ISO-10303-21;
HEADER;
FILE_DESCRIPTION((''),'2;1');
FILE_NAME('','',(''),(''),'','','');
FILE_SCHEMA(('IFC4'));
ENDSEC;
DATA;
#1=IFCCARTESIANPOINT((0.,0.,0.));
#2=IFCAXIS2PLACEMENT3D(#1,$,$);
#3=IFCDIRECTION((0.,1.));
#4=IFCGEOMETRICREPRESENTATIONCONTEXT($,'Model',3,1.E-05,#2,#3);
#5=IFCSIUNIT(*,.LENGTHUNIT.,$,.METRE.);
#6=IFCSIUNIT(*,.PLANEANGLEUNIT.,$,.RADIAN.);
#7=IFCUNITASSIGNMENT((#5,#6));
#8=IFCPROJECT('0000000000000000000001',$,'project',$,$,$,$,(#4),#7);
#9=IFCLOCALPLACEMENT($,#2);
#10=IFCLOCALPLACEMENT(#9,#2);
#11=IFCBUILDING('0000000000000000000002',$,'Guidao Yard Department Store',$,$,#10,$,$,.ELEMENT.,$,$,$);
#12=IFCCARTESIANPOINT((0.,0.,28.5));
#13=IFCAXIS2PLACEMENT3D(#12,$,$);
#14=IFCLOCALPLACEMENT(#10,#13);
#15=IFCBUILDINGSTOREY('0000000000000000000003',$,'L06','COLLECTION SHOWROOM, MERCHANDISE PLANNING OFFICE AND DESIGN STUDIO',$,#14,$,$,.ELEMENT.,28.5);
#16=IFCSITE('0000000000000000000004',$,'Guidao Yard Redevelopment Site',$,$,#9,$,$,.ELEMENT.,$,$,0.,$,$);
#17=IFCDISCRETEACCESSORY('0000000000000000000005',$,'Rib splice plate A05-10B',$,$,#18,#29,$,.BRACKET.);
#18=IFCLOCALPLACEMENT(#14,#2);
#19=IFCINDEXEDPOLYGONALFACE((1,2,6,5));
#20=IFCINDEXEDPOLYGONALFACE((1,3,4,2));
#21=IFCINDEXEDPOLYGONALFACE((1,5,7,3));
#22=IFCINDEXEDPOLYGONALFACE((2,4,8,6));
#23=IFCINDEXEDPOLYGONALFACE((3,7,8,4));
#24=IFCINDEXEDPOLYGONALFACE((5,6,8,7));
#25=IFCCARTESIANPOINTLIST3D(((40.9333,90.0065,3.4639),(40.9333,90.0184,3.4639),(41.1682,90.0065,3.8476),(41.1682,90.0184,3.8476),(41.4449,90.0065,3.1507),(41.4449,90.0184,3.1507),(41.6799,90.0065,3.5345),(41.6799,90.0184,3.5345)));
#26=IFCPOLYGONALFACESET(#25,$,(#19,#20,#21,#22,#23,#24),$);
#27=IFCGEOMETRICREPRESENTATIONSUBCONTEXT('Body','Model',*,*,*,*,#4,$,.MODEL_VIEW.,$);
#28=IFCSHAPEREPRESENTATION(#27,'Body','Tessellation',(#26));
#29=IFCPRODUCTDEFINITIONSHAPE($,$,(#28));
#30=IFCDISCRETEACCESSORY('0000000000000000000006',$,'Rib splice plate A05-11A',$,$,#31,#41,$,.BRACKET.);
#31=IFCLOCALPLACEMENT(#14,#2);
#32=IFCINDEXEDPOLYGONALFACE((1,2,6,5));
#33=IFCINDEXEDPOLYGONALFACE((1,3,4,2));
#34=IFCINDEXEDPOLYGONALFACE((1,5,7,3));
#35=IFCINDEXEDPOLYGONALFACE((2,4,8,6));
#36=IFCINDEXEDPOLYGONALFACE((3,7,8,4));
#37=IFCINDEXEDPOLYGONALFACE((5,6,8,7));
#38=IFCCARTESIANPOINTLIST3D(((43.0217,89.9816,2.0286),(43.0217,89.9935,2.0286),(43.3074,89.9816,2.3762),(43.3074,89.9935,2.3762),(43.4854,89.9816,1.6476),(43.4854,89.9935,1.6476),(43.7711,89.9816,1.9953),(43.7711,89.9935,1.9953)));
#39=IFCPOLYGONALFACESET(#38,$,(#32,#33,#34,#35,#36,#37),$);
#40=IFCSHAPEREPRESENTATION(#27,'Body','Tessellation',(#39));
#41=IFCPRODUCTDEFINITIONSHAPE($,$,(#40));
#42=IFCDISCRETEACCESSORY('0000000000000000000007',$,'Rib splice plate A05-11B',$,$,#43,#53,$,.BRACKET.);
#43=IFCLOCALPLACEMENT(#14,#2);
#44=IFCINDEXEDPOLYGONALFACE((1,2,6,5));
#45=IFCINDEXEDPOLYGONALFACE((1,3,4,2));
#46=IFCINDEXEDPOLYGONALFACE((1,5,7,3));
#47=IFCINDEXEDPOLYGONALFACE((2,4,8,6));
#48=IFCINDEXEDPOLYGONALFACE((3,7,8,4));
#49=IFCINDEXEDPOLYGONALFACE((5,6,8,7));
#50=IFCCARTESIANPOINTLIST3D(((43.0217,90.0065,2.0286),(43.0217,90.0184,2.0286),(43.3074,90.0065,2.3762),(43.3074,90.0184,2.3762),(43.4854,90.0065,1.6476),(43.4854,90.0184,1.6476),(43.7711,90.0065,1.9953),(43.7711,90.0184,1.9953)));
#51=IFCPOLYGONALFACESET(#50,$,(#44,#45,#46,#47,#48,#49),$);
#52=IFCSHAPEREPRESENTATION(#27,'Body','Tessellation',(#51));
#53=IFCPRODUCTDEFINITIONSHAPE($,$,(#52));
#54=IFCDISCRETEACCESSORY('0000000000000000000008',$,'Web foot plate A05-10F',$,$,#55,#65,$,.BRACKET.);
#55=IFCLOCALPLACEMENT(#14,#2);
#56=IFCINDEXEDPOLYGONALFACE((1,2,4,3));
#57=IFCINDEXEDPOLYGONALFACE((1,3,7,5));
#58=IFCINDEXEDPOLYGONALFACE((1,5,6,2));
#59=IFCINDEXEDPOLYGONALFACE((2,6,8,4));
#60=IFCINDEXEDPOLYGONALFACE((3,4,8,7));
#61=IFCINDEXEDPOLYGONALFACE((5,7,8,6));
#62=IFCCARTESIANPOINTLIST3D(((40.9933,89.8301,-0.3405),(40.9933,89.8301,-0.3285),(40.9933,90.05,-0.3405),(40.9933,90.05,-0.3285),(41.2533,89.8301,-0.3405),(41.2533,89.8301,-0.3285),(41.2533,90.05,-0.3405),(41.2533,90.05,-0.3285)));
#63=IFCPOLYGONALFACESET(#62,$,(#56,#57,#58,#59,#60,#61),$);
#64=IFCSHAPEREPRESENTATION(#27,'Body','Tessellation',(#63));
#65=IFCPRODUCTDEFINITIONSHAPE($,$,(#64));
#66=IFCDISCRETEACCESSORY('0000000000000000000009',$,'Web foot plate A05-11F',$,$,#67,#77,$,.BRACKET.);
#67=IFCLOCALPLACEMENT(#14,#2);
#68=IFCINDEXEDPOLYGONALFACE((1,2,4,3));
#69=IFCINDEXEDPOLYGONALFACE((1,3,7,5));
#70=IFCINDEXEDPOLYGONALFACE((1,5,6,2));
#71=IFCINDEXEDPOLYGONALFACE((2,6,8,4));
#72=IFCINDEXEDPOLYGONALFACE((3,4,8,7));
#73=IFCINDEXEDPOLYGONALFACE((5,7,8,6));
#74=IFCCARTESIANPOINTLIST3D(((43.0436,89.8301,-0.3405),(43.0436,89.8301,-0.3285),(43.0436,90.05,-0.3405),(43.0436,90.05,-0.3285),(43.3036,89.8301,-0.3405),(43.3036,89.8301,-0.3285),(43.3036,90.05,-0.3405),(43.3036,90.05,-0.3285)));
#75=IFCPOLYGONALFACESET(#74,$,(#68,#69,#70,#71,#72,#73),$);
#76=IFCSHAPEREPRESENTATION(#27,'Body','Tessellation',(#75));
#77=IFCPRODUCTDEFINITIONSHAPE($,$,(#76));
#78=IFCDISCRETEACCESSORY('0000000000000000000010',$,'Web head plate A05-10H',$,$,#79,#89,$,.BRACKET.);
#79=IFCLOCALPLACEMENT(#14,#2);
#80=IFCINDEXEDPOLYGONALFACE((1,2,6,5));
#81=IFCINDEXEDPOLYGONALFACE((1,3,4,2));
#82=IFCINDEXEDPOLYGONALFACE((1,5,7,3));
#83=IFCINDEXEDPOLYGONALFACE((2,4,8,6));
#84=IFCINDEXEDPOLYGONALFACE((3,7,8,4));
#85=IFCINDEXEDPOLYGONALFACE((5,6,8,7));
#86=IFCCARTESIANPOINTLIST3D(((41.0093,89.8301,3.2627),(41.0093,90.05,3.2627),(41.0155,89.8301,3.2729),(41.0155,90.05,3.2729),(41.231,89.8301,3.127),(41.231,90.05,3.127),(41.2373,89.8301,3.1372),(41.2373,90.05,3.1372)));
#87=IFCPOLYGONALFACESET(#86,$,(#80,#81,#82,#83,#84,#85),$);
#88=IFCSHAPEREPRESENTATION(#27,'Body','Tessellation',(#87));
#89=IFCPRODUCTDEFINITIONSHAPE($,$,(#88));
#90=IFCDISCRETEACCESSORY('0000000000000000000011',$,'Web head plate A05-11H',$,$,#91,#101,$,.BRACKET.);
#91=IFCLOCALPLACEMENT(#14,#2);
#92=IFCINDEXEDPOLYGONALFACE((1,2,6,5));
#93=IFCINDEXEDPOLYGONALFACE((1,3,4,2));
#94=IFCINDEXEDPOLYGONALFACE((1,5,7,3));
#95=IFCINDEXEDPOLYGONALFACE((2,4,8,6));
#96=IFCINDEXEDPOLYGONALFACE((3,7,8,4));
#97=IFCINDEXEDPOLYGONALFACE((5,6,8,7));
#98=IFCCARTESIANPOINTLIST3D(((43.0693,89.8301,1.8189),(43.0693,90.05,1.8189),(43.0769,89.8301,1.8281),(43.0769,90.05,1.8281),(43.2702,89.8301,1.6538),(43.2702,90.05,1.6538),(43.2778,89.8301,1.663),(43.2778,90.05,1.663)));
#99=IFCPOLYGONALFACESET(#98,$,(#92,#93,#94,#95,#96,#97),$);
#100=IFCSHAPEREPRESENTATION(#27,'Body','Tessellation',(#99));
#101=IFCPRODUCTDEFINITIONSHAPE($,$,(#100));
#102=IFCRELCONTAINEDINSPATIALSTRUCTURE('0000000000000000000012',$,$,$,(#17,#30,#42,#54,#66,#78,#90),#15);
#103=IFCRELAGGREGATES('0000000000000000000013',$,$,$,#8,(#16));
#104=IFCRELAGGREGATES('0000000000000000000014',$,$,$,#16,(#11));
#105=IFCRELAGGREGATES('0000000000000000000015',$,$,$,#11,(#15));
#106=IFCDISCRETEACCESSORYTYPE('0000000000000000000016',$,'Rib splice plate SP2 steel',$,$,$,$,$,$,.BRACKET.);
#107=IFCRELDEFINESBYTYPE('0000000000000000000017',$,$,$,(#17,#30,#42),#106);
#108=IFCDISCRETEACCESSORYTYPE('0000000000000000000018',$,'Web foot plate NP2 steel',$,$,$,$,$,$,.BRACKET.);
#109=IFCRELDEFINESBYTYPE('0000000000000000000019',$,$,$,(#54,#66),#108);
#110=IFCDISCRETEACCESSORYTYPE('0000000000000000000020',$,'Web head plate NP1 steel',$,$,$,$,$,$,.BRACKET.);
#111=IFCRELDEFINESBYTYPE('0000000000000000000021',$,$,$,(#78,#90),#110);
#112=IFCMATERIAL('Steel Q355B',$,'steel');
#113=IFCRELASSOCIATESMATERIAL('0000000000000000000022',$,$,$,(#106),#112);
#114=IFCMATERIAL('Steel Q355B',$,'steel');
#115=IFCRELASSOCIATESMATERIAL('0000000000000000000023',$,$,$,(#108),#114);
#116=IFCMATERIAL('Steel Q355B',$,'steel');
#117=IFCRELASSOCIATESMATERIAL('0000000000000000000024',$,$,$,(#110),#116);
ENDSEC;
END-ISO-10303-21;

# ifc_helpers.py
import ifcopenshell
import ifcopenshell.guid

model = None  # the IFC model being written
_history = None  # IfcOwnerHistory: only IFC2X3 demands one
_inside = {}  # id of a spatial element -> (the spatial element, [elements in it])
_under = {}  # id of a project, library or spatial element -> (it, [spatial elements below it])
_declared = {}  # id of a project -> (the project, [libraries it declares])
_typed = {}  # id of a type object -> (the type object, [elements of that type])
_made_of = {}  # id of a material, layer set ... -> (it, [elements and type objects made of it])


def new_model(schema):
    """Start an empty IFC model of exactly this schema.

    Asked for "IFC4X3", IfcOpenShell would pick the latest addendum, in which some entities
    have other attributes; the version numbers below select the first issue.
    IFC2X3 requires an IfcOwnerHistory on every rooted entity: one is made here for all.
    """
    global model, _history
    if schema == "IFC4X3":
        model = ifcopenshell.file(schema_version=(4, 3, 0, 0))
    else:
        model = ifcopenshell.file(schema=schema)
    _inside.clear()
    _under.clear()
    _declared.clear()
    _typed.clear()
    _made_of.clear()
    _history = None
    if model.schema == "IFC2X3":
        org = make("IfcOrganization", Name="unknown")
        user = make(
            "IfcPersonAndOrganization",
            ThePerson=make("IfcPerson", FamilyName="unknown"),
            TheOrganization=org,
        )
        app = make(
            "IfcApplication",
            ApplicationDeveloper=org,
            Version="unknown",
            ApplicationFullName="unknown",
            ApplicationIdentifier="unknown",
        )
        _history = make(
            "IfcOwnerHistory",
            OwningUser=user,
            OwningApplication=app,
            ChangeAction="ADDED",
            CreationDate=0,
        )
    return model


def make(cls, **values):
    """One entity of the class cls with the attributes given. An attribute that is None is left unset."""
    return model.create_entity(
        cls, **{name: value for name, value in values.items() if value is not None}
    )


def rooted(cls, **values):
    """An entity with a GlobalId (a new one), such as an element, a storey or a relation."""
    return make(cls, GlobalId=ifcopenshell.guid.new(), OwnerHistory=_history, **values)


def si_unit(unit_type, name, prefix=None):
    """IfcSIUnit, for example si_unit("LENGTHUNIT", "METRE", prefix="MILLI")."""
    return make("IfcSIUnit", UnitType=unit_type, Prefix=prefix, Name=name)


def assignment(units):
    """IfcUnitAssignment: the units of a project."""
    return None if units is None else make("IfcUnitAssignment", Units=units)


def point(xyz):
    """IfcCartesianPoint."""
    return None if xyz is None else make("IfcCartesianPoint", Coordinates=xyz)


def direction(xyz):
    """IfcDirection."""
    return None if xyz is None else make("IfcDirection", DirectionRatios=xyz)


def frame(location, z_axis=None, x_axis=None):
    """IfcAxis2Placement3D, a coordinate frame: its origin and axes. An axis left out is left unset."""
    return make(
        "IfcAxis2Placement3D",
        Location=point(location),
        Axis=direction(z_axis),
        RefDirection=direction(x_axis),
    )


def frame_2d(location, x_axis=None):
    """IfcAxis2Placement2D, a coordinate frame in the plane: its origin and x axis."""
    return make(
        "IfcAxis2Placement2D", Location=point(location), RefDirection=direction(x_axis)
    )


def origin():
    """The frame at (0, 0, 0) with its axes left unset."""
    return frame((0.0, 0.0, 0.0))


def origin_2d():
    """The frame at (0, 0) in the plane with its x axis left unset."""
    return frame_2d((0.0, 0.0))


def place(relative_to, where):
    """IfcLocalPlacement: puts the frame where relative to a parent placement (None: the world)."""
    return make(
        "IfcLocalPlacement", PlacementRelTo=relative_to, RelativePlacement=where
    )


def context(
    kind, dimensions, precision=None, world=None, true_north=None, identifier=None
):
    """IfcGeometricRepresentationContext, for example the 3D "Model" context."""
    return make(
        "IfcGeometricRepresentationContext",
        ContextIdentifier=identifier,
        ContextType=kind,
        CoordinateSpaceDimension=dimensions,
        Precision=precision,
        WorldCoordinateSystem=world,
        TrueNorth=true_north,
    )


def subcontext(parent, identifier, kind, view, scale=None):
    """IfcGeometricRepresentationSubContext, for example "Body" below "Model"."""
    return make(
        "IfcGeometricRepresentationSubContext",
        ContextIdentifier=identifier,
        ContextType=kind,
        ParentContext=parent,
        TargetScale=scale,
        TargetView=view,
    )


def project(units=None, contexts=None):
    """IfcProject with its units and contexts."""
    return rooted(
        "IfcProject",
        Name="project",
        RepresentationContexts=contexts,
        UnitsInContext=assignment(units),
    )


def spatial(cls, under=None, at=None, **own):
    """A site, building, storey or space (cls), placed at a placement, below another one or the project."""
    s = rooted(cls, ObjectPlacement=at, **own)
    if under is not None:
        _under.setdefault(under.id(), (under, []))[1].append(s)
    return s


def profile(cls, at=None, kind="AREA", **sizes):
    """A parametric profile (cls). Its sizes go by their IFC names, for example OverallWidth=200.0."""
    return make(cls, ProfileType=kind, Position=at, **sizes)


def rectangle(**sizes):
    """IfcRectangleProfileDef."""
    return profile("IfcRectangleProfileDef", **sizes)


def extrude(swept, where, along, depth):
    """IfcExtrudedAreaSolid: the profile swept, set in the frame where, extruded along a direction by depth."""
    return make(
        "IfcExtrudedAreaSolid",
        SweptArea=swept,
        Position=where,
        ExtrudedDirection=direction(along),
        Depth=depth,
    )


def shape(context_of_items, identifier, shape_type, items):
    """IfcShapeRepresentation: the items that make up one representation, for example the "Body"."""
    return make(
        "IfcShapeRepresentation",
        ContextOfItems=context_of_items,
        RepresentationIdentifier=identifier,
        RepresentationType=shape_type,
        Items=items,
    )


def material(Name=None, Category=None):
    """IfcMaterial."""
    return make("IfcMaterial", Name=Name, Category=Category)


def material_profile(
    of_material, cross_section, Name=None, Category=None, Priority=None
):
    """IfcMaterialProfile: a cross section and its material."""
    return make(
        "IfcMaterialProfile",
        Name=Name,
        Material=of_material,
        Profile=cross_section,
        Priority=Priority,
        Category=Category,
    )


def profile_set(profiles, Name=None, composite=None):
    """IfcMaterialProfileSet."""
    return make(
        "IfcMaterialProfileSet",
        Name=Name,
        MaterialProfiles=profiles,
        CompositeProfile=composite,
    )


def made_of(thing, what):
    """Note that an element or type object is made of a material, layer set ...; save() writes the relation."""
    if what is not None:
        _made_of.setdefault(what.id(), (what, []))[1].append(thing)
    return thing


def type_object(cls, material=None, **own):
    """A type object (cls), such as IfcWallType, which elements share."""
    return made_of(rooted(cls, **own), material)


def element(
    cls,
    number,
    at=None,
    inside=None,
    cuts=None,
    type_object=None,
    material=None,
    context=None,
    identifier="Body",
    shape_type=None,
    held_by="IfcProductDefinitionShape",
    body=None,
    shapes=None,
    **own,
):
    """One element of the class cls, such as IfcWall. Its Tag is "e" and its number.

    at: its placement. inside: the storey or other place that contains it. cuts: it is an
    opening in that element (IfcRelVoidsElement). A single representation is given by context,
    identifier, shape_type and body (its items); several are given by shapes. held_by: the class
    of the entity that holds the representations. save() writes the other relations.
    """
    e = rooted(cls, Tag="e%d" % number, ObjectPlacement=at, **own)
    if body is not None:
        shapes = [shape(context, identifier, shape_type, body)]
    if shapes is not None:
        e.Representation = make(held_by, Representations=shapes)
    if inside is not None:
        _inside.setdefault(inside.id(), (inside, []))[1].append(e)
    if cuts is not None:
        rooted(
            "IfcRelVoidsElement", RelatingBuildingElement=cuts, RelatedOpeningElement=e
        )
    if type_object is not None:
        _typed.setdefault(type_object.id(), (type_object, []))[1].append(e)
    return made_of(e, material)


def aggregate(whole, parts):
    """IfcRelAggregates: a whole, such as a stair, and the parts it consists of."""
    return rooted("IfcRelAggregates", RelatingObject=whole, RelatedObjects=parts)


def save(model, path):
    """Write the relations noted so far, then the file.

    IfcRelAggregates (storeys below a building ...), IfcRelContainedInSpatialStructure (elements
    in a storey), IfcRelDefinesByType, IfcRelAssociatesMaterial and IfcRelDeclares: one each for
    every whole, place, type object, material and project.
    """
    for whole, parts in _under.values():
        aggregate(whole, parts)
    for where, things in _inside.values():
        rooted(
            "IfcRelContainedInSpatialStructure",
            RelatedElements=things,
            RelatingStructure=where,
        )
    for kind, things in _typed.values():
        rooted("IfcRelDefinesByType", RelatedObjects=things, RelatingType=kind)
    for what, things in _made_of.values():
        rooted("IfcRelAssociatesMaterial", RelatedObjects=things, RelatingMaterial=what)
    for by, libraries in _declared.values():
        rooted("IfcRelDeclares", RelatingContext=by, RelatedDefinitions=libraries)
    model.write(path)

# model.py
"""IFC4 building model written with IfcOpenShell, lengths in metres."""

from ifc_helpers import new_model, si_unit, direction, frame, origin, origin_2d, place, context, subcontext, project, spatial, rectangle, extrude, material, material_profile, profile_set, type_object, element, save


model = new_model("IFC4")

# Units and contexts
model_context = context("Model", 3, precision=1e-05, world=origin(), true_north=direction((0.0, 1.0)))
body_context = subcontext(model_context, "Body", "Model", "MODEL_VIEW")
ifc_project = project(units=[si_unit("LENGTHUNIT", "METRE"), si_unit("PLANEANGLEUNIT", "RADIAN")], contexts=[model_context])

# Site, building, storey
site_placement = place(None, origin())
site = spatial("IfcSite", under=ifc_project, at=site_placement, Name="Guidao Yard Redevelopment Site", CompositionType="ELEMENT", RefElevation=0.0)
building_placement = place(site_placement, origin())
building = spatial("IfcBuilding", under=site, at=building_placement, Name="Guidao Yard Department Store", CompositionType="ELEMENT")
storey_placement = place(building_placement, frame((0.0, 0.0, 28.5)))
storey = spatial("IfcBuildingStorey", under=building, at=storey_placement, Name="L06", Description="COLLECTION SHOWROOM, MERCHANDISE PLANNING OFFICE AND DESIGN STUDIO", CompositionType="ELEMENT", Elevation=28.5)

# Discrete accessories
ifc_material_1 = material(Name="Steel Q355B", Category="steel")
ifc_material_profile_1 = material_profile(ifc_material_1, rectangle(XDim=0.012, YDim=0.45, at=origin_2d()), Name="Splice plate 450x12")
ifc_profile_set_1 = profile_set([ifc_material_profile_1], Name="Steel Q355B")
discrete_accessory_type_1 = type_object("IfcDiscreteAccessoryType", Name="Rib splice plate SP2 steel", PredefinedType="BRACKET", material=ifc_profile_set_1)
for number, where, z_axis, x_axis, name in (
    (1, (41.0508, 90.0125, 3.6558), (0.852899, 0.0, -0.522075), (0.0, 1.0, 0.0), "Rib splice plate A05-10B"),
):
    element("IfcDiscreteAccessory", number, at=place(storey_placement, frame(where, z_axis=z_axis, x_axis=x_axis)), inside=storey, type_object=discrete_accessory_type_1, Name=name, PredefinedType="BRACKET", context=body_context, shape_type="SweptSolid", body=[
        extrude(rectangle(XDim=0.012, YDim=0.45, at=origin_2d()), origin(), (0.0, 0.0, 1.0), 0.5999),
    ])
for number, where, z_axis, x_axis, name in (
    (2, (43.1646, 89.9875, 2.2024), (0.772705, 0.0, -0.634765), (0.0, 1.0, 0.0), "Rib splice plate A05-11A"),
    (3, (43.1646, 90.0125, 2.2024), (0.772705, 0.0, -0.634765), (0.0, 1.0, 0.0), "Rib splice plate A05-11B"),
):
    element("IfcDiscreteAccessory", number, at=place(storey_placement, frame(where, z_axis=z_axis, x_axis=x_axis)), inside=storey, type_object=discrete_accessory_type_1, Name=name, PredefinedType="BRACKET", context=body_context, shape_type="SweptSolid", body=[
        extrude(rectangle(XDim=0.012, YDim=0.45, at=origin_2d()), origin(), (0.0, 0.0, 1.0), 0.6001),
    ])
ifc_material_2 = material(Name="Steel Q355B", Category="steel")
ifc_material_profile_2 = material_profile(ifc_material_2, rectangle(XDim=0.26, YDim=0.012, at=origin_2d()), Name="Node plate 260x12")
ifc_profile_set_2 = profile_set([ifc_material_profile_2], Name="Steel Q355B")
discrete_accessory_type_2 = type_object("IfcDiscreteAccessoryType", Name="Web foot plate NP2 steel", PredefinedType="BRACKET", material=ifc_profile_set_2)
for number, where, z_axis, x_axis, name in (
    (4, (41.1233, 89.8301, -0.3345), (0.0, 1.0, 0.0), (-1.0, 0.0, 0.0), "Web foot plate A05-10F"),
    (5, (43.1736, 89.8301, -0.3345), (0.0, 1.0, 0.0), (-1.0, 0.0, 0.0), "Web foot plate A05-11F"),
):
    element("IfcDiscreteAccessory", number, at=place(storey_placement, frame(where, z_axis=z_axis, x_axis=x_axis)), inside=storey, type_object=discrete_accessory_type_2, Name=name, PredefinedType="BRACKET", context=body_context, shape_type="SweptSolid", body=[
        extrude(rectangle(XDim=0.26, YDim=0.012, at=origin_2d()), origin(), (0.0, 0.0, 1.0), 0.22),
    ])
ifc_material_3 = material(Name="Steel Q355B", Category="steel")
ifc_material_profile_3 = material_profile(ifc_material_3, rectangle(XDim=0.26, YDim=0.012, at=origin_2d()), Name="Node plate 260x12")
ifc_profile_set_3 = profile_set([ifc_material_profile_3], Name="Steel Q355B")
discrete_accessory_type_3 = type_object("IfcDiscreteAccessoryType", Name="Web head plate NP1 steel", PredefinedType="BRACKET", material=ifc_profile_set_3)
for number, where, z_axis, x_axis, name in (
    (6, (41.1233, 89.8301, 3.2), (0.0, 1.0, 0.0), (-0.852874, 0.0, 0.522116), "Web head plate A05-10H"),
    (7, (43.1736, 89.8301, 1.741), (0.0, 1.0, 0.0), (-0.77257, 0.0, 0.63493), "Web head plate A05-11H"),
):
    element("IfcDiscreteAccessory", number, at=place(storey_placement, frame(where, z_axis=z_axis, x_axis=x_axis)), inside=storey, type_object=discrete_accessory_type_3, Name=name, PredefinedType="BRACKET", context=body_context, shape_type="SweptSolid", body=[
        extrude(rectangle(XDim=0.26, YDim=0.012, at=origin_2d()), origin(), (0.0, 0.0, 1.0), 0.22),
    ])

save(model, "model.ifc")
